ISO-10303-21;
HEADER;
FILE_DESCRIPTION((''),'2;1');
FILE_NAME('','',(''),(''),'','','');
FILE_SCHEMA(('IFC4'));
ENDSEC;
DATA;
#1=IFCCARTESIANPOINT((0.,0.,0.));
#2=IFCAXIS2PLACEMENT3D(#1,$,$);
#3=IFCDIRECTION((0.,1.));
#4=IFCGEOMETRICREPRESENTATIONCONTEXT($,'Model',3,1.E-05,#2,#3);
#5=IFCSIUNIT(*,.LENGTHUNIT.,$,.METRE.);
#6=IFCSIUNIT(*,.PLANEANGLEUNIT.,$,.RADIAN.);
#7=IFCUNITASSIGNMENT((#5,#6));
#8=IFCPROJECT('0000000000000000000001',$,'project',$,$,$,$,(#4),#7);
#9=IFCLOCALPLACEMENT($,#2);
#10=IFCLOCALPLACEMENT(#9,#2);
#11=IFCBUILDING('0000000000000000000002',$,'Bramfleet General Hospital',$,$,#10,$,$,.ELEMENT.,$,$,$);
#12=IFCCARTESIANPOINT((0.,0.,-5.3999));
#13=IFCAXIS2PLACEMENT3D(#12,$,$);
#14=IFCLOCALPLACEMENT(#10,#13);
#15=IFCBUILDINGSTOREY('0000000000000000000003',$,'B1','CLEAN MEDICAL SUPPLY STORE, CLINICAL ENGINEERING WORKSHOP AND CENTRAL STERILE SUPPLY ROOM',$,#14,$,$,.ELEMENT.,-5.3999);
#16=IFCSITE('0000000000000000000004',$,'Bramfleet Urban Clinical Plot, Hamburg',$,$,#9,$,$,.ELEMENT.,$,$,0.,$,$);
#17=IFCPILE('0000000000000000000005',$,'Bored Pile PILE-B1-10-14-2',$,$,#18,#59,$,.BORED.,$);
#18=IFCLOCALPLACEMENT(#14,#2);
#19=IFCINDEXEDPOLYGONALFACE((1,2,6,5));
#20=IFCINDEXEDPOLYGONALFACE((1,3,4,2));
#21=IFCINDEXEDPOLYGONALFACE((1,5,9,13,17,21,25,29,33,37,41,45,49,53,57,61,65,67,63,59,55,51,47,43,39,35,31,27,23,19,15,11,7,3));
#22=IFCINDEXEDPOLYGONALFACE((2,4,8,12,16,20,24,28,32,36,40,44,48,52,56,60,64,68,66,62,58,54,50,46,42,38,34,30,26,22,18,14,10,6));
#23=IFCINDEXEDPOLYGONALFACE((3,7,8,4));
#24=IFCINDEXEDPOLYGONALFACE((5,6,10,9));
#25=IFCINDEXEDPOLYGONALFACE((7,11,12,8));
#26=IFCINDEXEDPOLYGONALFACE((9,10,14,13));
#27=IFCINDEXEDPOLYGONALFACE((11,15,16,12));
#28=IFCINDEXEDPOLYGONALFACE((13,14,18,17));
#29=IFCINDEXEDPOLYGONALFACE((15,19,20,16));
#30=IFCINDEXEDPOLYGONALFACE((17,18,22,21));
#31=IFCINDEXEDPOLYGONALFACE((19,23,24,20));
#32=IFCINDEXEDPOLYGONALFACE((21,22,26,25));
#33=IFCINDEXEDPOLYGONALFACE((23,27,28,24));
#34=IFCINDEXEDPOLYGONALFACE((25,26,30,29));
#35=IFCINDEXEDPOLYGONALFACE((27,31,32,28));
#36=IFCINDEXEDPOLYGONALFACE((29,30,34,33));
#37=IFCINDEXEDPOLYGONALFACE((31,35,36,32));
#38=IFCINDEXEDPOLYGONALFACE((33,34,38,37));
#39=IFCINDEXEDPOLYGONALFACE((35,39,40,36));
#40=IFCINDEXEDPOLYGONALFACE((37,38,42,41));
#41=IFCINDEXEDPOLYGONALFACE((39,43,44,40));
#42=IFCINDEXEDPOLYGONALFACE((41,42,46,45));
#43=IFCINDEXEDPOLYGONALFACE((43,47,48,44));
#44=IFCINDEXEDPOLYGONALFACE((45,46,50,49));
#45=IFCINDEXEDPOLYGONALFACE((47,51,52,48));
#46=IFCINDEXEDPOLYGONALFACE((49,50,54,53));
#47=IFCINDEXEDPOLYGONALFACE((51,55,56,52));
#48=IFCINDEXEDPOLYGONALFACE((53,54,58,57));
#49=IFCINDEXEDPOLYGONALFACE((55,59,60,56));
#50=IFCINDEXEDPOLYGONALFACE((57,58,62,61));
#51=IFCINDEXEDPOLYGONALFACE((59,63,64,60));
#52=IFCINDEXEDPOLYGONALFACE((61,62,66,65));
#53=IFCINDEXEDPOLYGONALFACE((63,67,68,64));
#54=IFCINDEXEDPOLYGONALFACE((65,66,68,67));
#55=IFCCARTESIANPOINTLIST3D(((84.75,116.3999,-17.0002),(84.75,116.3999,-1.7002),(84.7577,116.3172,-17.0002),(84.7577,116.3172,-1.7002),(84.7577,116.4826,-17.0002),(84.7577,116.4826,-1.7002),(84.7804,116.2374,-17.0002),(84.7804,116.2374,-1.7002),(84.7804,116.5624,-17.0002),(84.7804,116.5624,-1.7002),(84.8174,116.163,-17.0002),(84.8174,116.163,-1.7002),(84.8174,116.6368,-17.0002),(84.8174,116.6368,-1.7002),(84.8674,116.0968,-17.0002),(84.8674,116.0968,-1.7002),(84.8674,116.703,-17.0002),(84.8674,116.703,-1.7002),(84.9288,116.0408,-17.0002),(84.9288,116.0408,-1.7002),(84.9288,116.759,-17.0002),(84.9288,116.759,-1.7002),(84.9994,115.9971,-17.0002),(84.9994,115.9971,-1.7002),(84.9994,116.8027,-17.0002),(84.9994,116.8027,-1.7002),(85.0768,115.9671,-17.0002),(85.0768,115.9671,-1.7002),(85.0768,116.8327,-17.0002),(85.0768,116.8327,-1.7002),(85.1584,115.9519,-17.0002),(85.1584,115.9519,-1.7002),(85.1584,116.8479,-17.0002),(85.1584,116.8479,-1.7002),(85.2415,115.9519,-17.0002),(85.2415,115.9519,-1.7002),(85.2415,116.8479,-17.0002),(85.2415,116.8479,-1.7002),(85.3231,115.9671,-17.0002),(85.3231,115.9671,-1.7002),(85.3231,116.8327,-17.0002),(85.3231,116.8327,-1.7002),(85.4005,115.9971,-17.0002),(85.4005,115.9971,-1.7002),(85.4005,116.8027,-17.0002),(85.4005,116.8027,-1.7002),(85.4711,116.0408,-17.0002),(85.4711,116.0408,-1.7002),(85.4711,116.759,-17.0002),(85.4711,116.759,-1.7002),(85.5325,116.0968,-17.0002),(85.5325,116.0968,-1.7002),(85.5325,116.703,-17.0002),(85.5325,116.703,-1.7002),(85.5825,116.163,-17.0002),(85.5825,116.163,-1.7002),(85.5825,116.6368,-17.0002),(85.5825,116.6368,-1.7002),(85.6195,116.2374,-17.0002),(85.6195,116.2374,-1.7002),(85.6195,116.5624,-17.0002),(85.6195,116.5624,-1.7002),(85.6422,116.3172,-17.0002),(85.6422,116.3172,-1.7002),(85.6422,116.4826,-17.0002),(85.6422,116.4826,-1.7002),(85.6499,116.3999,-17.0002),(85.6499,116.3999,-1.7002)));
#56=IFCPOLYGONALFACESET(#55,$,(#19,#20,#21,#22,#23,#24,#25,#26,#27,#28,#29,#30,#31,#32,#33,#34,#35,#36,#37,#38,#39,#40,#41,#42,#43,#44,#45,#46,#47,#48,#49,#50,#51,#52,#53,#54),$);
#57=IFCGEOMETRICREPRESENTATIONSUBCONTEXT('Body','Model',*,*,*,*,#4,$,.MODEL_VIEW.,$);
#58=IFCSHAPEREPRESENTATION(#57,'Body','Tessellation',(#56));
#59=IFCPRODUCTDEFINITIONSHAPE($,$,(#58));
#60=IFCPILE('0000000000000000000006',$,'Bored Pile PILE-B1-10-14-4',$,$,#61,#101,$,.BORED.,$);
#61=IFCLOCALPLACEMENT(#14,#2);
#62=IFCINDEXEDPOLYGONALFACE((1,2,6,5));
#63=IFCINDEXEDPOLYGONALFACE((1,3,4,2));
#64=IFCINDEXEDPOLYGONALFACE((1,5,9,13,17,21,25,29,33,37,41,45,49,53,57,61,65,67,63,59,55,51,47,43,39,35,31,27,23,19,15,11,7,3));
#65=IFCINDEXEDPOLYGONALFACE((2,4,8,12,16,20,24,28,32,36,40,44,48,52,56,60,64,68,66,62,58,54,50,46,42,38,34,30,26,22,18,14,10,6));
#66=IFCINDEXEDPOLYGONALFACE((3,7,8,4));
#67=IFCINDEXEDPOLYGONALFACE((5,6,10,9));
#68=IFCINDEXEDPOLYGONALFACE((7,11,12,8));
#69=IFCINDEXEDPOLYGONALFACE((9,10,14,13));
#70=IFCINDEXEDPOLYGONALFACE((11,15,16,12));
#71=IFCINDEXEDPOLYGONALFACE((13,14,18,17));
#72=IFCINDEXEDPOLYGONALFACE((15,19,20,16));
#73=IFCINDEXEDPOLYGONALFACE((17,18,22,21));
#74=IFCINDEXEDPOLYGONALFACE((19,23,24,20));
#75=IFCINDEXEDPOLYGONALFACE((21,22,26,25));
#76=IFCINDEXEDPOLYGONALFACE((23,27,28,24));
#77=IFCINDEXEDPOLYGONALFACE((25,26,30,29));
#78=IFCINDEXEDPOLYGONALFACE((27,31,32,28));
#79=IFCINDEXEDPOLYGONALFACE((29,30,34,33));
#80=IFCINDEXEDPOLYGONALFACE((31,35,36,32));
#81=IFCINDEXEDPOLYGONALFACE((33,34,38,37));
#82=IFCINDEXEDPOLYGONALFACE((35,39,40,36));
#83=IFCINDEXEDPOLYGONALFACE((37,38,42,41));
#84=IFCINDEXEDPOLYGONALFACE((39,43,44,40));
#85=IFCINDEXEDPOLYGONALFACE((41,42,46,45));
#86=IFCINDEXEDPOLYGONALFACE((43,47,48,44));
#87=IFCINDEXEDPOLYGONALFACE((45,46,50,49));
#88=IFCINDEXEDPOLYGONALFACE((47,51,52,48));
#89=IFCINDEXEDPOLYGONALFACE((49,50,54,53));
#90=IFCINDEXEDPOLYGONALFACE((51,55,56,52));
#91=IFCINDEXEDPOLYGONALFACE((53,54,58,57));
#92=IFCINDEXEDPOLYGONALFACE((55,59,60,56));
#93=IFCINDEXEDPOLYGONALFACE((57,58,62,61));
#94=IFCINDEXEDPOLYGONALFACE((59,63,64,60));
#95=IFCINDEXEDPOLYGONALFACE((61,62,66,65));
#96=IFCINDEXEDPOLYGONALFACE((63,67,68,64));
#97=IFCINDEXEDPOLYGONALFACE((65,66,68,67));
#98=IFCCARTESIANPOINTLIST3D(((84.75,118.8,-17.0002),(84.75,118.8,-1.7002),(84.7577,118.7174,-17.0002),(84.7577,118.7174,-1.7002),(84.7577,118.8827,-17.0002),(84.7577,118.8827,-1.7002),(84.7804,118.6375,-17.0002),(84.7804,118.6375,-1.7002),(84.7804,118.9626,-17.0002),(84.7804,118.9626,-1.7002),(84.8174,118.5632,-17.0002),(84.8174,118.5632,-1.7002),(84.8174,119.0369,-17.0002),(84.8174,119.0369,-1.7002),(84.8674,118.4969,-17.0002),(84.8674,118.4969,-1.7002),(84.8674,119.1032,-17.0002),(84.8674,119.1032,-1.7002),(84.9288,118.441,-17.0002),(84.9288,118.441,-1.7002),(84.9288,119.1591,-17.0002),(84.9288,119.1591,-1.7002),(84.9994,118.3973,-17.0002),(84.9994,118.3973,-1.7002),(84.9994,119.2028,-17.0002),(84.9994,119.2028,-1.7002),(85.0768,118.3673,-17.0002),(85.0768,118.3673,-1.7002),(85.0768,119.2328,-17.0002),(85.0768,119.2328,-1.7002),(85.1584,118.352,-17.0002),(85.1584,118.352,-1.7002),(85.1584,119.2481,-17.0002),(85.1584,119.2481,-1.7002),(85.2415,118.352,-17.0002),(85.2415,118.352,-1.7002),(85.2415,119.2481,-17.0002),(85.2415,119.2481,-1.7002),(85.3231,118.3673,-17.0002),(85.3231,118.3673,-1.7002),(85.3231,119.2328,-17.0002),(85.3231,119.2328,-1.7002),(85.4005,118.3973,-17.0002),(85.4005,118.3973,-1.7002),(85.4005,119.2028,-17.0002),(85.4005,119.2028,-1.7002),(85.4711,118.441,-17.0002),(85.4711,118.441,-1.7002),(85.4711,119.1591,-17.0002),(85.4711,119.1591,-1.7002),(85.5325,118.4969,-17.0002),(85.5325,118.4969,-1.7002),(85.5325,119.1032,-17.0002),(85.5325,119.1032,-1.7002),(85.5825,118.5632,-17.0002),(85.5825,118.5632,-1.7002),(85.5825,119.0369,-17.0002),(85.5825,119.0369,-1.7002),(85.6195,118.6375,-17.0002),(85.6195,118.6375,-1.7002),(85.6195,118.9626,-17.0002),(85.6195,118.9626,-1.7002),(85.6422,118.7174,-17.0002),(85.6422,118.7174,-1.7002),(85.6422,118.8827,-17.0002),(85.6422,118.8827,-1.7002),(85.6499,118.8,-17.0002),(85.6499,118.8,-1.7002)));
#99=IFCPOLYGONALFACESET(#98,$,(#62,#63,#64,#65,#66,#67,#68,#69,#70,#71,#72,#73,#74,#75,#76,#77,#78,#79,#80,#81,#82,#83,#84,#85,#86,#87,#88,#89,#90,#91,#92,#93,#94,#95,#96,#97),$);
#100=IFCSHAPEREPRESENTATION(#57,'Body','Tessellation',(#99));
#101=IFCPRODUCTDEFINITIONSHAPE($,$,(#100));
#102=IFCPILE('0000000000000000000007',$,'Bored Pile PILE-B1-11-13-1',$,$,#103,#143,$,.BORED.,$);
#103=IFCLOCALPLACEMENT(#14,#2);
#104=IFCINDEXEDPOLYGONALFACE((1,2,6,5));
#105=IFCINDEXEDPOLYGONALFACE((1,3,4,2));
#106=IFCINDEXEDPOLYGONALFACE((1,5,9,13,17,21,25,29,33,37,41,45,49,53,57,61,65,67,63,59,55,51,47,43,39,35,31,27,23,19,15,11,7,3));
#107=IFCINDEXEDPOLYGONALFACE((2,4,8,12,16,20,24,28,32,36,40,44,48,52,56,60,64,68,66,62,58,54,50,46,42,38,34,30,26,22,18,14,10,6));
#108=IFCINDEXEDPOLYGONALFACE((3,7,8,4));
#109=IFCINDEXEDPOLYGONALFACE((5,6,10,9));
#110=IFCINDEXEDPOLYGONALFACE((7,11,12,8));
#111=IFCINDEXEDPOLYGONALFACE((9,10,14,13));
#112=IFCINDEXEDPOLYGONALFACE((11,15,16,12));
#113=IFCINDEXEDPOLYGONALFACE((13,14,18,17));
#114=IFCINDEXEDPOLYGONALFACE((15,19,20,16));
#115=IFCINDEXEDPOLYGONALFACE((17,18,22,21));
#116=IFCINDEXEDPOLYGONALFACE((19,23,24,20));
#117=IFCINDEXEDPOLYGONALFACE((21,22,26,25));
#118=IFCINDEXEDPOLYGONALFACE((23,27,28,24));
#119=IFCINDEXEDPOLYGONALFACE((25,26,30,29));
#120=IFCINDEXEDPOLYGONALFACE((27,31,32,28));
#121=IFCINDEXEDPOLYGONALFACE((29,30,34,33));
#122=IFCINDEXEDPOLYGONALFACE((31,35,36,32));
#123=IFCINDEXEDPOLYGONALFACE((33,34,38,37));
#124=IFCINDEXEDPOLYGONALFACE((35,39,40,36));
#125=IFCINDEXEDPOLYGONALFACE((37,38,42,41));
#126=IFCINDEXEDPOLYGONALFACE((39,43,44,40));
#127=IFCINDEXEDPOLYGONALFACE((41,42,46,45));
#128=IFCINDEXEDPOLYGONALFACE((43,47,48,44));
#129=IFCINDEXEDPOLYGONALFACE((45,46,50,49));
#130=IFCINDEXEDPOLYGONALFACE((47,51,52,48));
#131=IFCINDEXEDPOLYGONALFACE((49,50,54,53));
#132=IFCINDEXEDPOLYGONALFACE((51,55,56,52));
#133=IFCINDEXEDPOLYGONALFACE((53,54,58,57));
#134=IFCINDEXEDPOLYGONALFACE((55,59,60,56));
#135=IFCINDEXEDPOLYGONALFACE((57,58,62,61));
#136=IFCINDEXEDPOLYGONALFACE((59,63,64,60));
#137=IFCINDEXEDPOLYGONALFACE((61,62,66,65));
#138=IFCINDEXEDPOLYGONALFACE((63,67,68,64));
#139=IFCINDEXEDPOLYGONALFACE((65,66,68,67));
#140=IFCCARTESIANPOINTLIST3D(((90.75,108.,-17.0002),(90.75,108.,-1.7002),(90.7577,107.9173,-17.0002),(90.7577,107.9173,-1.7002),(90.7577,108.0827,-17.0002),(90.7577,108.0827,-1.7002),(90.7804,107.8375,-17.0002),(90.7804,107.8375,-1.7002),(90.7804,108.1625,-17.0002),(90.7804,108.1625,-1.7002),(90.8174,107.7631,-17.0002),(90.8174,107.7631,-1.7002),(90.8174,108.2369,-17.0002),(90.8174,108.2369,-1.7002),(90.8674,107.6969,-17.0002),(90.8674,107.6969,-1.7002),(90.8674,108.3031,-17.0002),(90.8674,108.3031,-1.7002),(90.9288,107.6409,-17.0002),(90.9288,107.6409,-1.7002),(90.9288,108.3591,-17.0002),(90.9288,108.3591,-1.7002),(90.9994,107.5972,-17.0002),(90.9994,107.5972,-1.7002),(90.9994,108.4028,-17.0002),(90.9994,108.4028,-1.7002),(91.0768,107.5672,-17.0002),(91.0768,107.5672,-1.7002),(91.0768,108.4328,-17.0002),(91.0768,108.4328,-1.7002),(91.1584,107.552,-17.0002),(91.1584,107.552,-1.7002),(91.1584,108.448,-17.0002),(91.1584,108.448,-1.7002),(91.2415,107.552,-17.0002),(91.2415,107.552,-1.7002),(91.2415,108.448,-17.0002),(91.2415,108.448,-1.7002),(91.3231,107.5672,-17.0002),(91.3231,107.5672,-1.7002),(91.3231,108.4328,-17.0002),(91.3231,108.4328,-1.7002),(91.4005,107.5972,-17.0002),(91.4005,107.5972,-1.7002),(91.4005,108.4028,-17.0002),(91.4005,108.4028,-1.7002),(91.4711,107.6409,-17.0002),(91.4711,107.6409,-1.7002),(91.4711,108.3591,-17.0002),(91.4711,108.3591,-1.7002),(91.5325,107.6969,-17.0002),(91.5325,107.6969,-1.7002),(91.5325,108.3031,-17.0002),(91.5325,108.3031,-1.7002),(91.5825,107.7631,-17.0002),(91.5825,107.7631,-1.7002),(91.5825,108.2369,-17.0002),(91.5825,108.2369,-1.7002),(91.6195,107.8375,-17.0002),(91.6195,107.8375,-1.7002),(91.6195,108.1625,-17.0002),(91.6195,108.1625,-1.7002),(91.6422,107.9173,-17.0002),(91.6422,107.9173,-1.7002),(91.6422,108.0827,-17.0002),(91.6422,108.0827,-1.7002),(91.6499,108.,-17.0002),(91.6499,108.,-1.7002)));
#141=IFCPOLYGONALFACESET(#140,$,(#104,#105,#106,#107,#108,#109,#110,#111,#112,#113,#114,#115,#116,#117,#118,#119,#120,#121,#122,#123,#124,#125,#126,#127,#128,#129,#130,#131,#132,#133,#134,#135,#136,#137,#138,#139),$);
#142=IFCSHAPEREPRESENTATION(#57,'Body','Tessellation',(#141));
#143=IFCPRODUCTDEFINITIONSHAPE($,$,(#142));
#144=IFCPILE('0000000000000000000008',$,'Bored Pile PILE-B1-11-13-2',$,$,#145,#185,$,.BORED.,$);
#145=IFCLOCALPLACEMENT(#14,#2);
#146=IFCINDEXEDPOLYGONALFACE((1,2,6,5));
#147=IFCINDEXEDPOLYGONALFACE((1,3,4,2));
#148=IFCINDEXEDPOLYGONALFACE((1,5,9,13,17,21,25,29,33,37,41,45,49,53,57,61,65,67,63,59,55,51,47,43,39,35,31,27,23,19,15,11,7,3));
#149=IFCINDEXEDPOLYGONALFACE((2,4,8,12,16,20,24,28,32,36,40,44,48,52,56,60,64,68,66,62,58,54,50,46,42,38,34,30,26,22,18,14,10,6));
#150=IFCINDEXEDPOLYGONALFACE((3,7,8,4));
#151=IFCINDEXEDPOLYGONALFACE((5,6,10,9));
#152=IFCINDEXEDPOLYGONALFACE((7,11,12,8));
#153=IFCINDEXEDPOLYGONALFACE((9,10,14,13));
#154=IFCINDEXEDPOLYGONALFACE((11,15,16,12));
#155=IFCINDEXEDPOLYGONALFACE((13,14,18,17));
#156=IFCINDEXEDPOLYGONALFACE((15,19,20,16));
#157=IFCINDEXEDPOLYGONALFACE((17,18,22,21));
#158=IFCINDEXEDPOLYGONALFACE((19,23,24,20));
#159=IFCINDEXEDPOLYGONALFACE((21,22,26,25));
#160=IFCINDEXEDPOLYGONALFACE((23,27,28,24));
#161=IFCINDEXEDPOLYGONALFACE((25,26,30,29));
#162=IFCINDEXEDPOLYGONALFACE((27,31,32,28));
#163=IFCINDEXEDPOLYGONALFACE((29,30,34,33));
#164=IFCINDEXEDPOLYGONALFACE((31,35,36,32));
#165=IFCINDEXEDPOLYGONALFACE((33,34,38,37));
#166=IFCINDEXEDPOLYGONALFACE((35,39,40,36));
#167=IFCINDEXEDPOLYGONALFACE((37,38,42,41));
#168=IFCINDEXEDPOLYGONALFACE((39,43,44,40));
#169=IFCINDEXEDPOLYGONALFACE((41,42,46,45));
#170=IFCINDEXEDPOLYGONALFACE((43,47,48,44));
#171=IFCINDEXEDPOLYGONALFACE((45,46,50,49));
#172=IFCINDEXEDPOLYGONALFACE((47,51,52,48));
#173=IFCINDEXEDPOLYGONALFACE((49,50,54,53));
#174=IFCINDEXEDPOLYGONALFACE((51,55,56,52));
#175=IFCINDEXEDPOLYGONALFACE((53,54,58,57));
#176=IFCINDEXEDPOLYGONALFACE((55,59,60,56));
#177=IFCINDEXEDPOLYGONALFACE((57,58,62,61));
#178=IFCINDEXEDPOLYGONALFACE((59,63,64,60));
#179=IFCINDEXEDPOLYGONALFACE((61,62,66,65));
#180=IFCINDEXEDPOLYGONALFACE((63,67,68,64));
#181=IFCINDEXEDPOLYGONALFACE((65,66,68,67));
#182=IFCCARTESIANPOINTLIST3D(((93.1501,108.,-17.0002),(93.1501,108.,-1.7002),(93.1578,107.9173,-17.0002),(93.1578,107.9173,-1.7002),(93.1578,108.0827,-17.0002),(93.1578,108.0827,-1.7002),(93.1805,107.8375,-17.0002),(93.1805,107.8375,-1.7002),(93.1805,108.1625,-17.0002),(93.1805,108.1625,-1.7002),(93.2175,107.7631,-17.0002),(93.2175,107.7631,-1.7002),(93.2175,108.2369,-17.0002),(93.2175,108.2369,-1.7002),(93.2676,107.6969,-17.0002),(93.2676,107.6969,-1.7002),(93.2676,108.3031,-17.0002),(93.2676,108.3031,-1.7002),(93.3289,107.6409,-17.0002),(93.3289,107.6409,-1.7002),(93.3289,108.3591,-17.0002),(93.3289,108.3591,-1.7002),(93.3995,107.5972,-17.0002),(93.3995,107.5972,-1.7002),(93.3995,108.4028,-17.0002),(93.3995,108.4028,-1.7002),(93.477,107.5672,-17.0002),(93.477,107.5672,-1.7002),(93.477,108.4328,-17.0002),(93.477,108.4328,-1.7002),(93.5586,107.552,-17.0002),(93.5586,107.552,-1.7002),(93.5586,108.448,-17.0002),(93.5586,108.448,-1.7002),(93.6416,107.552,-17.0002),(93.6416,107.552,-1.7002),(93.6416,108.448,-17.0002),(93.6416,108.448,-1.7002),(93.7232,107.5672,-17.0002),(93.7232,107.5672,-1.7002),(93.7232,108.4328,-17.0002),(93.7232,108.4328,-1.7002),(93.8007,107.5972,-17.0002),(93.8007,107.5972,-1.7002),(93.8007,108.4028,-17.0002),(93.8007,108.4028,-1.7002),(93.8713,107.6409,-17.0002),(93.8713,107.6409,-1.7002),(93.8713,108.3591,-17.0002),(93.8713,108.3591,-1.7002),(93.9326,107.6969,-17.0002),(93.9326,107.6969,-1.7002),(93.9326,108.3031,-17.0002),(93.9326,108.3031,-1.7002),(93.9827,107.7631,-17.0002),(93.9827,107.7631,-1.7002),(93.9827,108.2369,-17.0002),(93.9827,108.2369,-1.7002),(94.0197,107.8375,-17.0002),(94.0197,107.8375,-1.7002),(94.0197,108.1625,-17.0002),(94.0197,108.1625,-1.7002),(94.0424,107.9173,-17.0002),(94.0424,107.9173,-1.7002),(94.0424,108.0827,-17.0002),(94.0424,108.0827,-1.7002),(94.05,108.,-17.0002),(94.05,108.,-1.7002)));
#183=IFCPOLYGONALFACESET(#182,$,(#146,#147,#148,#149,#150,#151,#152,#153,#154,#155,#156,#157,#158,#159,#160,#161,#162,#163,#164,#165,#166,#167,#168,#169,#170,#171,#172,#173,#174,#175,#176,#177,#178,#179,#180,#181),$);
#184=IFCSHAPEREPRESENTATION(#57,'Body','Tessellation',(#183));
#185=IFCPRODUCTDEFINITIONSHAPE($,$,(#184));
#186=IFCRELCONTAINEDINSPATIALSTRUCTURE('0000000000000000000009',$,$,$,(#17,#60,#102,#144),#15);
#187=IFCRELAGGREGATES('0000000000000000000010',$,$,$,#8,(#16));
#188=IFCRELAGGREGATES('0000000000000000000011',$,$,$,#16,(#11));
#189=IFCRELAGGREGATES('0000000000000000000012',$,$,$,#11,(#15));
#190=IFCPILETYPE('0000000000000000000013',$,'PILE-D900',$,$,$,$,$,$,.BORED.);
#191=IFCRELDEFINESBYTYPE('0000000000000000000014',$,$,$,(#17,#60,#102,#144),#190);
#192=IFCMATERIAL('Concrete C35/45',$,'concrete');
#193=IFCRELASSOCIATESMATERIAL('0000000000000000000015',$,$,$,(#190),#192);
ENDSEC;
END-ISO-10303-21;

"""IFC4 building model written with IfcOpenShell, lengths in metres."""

from ifc_helpers import new_model, si_unit, direction, frame, origin, origin_2d, place, context, subcontext, project, spatial, circle, extrude, material, material_profile, profile_set, type_object, element, save


model = new_model("IFC4")

# Units and contexts
model_context = context("Model", 3, precision=1e-05, world=origin(), true_north=direction((0.0, 1.0)))
body_context = subcontext(model_context, "Body", "Model", "MODEL_VIEW")
ifc_project = project(units=[si_unit("LENGTHUNIT", "METRE"), si_unit("PLANEANGLEUNIT", "RADIAN")], contexts=[model_context])

# Site, building, storey
site_placement = place(None, origin())
site = spatial("IfcSite", under=ifc_project, at=site_placement, Name="Bramfleet Urban Clinical Plot, Hamburg", CompositionType="ELEMENT", RefElevation=0.0)
building_placement = place(site_placement, origin())
building = spatial("IfcBuilding", under=site, at=building_placement, Name="Bramfleet General Hospital", CompositionType="ELEMENT")
storey_placement = place(building_placement, frame((0.0, 0.0, -5.3999)))
storey = spatial("IfcBuildingStorey", under=building, at=storey_placement, Name="B1", Description="CLEAN MEDICAL SUPPLY STORE, CLINICAL ENGINEERING WORKSHOP AND CENTRAL STERILE SUPPLY ROOM", CompositionType="ELEMENT", Elevation=-5.3999)

# Shared definitions
ifc_material_1 = material(Name="Concrete C35/45", Category="concrete")

# Piles
ifc_material_profile_1 = material_profile(ifc_material_1, circle(Radius=0.45, at=origin_2d()), Name="PILE BORED D900")
ifc_profile_set_1 = profile_set([ifc_material_profile_1], Name="Concrete C35/45")
pile_type = type_object("IfcPileType", Name="PILE-D900", PredefinedType="BORED", material=ifc_profile_set_1)
for number, where, z_axis, x_axis, name in (
    (1, (85.2, 116.3999, -1.7002), (0.0, 0.0, -1.0), (1.0, 0.0, 0.0), "Bored Pile PILE-B1-10-14-2"),
    (2, (85.2, 118.8, -1.7002), (0.0, 0.0, -1.0), (1.0, 0.0, 0.0), "Bored Pile PILE-B1-10-14-4"),
    (3, (91.2, 108.0, -1.7002), (0.0, 0.0, -1.0), (1.0, 0.0, 0.0), "Bored Pile PILE-B1-11-13-1"),
    (4, (93.6001, 108.0, -1.7002), (0.0, 0.0, -1.0), (1.0, 0.0, 0.0), "Bored Pile PILE-B1-11-13-2"),
):
    element("IfcPile", number, at=place(storey_placement, frame(where, z_axis=z_axis, x_axis=x_axis)), inside=storey, type_object=pile_type, Name=name, PredefinedType="BORED", context=body_context, shape_type="SweptSolid", body=[
        extrude(circle(Radius=0.45, at=origin_2d()), origin(), (0.0, 0.0, 1.0), 15.3),
    ])

save(model, "model.ifc")
